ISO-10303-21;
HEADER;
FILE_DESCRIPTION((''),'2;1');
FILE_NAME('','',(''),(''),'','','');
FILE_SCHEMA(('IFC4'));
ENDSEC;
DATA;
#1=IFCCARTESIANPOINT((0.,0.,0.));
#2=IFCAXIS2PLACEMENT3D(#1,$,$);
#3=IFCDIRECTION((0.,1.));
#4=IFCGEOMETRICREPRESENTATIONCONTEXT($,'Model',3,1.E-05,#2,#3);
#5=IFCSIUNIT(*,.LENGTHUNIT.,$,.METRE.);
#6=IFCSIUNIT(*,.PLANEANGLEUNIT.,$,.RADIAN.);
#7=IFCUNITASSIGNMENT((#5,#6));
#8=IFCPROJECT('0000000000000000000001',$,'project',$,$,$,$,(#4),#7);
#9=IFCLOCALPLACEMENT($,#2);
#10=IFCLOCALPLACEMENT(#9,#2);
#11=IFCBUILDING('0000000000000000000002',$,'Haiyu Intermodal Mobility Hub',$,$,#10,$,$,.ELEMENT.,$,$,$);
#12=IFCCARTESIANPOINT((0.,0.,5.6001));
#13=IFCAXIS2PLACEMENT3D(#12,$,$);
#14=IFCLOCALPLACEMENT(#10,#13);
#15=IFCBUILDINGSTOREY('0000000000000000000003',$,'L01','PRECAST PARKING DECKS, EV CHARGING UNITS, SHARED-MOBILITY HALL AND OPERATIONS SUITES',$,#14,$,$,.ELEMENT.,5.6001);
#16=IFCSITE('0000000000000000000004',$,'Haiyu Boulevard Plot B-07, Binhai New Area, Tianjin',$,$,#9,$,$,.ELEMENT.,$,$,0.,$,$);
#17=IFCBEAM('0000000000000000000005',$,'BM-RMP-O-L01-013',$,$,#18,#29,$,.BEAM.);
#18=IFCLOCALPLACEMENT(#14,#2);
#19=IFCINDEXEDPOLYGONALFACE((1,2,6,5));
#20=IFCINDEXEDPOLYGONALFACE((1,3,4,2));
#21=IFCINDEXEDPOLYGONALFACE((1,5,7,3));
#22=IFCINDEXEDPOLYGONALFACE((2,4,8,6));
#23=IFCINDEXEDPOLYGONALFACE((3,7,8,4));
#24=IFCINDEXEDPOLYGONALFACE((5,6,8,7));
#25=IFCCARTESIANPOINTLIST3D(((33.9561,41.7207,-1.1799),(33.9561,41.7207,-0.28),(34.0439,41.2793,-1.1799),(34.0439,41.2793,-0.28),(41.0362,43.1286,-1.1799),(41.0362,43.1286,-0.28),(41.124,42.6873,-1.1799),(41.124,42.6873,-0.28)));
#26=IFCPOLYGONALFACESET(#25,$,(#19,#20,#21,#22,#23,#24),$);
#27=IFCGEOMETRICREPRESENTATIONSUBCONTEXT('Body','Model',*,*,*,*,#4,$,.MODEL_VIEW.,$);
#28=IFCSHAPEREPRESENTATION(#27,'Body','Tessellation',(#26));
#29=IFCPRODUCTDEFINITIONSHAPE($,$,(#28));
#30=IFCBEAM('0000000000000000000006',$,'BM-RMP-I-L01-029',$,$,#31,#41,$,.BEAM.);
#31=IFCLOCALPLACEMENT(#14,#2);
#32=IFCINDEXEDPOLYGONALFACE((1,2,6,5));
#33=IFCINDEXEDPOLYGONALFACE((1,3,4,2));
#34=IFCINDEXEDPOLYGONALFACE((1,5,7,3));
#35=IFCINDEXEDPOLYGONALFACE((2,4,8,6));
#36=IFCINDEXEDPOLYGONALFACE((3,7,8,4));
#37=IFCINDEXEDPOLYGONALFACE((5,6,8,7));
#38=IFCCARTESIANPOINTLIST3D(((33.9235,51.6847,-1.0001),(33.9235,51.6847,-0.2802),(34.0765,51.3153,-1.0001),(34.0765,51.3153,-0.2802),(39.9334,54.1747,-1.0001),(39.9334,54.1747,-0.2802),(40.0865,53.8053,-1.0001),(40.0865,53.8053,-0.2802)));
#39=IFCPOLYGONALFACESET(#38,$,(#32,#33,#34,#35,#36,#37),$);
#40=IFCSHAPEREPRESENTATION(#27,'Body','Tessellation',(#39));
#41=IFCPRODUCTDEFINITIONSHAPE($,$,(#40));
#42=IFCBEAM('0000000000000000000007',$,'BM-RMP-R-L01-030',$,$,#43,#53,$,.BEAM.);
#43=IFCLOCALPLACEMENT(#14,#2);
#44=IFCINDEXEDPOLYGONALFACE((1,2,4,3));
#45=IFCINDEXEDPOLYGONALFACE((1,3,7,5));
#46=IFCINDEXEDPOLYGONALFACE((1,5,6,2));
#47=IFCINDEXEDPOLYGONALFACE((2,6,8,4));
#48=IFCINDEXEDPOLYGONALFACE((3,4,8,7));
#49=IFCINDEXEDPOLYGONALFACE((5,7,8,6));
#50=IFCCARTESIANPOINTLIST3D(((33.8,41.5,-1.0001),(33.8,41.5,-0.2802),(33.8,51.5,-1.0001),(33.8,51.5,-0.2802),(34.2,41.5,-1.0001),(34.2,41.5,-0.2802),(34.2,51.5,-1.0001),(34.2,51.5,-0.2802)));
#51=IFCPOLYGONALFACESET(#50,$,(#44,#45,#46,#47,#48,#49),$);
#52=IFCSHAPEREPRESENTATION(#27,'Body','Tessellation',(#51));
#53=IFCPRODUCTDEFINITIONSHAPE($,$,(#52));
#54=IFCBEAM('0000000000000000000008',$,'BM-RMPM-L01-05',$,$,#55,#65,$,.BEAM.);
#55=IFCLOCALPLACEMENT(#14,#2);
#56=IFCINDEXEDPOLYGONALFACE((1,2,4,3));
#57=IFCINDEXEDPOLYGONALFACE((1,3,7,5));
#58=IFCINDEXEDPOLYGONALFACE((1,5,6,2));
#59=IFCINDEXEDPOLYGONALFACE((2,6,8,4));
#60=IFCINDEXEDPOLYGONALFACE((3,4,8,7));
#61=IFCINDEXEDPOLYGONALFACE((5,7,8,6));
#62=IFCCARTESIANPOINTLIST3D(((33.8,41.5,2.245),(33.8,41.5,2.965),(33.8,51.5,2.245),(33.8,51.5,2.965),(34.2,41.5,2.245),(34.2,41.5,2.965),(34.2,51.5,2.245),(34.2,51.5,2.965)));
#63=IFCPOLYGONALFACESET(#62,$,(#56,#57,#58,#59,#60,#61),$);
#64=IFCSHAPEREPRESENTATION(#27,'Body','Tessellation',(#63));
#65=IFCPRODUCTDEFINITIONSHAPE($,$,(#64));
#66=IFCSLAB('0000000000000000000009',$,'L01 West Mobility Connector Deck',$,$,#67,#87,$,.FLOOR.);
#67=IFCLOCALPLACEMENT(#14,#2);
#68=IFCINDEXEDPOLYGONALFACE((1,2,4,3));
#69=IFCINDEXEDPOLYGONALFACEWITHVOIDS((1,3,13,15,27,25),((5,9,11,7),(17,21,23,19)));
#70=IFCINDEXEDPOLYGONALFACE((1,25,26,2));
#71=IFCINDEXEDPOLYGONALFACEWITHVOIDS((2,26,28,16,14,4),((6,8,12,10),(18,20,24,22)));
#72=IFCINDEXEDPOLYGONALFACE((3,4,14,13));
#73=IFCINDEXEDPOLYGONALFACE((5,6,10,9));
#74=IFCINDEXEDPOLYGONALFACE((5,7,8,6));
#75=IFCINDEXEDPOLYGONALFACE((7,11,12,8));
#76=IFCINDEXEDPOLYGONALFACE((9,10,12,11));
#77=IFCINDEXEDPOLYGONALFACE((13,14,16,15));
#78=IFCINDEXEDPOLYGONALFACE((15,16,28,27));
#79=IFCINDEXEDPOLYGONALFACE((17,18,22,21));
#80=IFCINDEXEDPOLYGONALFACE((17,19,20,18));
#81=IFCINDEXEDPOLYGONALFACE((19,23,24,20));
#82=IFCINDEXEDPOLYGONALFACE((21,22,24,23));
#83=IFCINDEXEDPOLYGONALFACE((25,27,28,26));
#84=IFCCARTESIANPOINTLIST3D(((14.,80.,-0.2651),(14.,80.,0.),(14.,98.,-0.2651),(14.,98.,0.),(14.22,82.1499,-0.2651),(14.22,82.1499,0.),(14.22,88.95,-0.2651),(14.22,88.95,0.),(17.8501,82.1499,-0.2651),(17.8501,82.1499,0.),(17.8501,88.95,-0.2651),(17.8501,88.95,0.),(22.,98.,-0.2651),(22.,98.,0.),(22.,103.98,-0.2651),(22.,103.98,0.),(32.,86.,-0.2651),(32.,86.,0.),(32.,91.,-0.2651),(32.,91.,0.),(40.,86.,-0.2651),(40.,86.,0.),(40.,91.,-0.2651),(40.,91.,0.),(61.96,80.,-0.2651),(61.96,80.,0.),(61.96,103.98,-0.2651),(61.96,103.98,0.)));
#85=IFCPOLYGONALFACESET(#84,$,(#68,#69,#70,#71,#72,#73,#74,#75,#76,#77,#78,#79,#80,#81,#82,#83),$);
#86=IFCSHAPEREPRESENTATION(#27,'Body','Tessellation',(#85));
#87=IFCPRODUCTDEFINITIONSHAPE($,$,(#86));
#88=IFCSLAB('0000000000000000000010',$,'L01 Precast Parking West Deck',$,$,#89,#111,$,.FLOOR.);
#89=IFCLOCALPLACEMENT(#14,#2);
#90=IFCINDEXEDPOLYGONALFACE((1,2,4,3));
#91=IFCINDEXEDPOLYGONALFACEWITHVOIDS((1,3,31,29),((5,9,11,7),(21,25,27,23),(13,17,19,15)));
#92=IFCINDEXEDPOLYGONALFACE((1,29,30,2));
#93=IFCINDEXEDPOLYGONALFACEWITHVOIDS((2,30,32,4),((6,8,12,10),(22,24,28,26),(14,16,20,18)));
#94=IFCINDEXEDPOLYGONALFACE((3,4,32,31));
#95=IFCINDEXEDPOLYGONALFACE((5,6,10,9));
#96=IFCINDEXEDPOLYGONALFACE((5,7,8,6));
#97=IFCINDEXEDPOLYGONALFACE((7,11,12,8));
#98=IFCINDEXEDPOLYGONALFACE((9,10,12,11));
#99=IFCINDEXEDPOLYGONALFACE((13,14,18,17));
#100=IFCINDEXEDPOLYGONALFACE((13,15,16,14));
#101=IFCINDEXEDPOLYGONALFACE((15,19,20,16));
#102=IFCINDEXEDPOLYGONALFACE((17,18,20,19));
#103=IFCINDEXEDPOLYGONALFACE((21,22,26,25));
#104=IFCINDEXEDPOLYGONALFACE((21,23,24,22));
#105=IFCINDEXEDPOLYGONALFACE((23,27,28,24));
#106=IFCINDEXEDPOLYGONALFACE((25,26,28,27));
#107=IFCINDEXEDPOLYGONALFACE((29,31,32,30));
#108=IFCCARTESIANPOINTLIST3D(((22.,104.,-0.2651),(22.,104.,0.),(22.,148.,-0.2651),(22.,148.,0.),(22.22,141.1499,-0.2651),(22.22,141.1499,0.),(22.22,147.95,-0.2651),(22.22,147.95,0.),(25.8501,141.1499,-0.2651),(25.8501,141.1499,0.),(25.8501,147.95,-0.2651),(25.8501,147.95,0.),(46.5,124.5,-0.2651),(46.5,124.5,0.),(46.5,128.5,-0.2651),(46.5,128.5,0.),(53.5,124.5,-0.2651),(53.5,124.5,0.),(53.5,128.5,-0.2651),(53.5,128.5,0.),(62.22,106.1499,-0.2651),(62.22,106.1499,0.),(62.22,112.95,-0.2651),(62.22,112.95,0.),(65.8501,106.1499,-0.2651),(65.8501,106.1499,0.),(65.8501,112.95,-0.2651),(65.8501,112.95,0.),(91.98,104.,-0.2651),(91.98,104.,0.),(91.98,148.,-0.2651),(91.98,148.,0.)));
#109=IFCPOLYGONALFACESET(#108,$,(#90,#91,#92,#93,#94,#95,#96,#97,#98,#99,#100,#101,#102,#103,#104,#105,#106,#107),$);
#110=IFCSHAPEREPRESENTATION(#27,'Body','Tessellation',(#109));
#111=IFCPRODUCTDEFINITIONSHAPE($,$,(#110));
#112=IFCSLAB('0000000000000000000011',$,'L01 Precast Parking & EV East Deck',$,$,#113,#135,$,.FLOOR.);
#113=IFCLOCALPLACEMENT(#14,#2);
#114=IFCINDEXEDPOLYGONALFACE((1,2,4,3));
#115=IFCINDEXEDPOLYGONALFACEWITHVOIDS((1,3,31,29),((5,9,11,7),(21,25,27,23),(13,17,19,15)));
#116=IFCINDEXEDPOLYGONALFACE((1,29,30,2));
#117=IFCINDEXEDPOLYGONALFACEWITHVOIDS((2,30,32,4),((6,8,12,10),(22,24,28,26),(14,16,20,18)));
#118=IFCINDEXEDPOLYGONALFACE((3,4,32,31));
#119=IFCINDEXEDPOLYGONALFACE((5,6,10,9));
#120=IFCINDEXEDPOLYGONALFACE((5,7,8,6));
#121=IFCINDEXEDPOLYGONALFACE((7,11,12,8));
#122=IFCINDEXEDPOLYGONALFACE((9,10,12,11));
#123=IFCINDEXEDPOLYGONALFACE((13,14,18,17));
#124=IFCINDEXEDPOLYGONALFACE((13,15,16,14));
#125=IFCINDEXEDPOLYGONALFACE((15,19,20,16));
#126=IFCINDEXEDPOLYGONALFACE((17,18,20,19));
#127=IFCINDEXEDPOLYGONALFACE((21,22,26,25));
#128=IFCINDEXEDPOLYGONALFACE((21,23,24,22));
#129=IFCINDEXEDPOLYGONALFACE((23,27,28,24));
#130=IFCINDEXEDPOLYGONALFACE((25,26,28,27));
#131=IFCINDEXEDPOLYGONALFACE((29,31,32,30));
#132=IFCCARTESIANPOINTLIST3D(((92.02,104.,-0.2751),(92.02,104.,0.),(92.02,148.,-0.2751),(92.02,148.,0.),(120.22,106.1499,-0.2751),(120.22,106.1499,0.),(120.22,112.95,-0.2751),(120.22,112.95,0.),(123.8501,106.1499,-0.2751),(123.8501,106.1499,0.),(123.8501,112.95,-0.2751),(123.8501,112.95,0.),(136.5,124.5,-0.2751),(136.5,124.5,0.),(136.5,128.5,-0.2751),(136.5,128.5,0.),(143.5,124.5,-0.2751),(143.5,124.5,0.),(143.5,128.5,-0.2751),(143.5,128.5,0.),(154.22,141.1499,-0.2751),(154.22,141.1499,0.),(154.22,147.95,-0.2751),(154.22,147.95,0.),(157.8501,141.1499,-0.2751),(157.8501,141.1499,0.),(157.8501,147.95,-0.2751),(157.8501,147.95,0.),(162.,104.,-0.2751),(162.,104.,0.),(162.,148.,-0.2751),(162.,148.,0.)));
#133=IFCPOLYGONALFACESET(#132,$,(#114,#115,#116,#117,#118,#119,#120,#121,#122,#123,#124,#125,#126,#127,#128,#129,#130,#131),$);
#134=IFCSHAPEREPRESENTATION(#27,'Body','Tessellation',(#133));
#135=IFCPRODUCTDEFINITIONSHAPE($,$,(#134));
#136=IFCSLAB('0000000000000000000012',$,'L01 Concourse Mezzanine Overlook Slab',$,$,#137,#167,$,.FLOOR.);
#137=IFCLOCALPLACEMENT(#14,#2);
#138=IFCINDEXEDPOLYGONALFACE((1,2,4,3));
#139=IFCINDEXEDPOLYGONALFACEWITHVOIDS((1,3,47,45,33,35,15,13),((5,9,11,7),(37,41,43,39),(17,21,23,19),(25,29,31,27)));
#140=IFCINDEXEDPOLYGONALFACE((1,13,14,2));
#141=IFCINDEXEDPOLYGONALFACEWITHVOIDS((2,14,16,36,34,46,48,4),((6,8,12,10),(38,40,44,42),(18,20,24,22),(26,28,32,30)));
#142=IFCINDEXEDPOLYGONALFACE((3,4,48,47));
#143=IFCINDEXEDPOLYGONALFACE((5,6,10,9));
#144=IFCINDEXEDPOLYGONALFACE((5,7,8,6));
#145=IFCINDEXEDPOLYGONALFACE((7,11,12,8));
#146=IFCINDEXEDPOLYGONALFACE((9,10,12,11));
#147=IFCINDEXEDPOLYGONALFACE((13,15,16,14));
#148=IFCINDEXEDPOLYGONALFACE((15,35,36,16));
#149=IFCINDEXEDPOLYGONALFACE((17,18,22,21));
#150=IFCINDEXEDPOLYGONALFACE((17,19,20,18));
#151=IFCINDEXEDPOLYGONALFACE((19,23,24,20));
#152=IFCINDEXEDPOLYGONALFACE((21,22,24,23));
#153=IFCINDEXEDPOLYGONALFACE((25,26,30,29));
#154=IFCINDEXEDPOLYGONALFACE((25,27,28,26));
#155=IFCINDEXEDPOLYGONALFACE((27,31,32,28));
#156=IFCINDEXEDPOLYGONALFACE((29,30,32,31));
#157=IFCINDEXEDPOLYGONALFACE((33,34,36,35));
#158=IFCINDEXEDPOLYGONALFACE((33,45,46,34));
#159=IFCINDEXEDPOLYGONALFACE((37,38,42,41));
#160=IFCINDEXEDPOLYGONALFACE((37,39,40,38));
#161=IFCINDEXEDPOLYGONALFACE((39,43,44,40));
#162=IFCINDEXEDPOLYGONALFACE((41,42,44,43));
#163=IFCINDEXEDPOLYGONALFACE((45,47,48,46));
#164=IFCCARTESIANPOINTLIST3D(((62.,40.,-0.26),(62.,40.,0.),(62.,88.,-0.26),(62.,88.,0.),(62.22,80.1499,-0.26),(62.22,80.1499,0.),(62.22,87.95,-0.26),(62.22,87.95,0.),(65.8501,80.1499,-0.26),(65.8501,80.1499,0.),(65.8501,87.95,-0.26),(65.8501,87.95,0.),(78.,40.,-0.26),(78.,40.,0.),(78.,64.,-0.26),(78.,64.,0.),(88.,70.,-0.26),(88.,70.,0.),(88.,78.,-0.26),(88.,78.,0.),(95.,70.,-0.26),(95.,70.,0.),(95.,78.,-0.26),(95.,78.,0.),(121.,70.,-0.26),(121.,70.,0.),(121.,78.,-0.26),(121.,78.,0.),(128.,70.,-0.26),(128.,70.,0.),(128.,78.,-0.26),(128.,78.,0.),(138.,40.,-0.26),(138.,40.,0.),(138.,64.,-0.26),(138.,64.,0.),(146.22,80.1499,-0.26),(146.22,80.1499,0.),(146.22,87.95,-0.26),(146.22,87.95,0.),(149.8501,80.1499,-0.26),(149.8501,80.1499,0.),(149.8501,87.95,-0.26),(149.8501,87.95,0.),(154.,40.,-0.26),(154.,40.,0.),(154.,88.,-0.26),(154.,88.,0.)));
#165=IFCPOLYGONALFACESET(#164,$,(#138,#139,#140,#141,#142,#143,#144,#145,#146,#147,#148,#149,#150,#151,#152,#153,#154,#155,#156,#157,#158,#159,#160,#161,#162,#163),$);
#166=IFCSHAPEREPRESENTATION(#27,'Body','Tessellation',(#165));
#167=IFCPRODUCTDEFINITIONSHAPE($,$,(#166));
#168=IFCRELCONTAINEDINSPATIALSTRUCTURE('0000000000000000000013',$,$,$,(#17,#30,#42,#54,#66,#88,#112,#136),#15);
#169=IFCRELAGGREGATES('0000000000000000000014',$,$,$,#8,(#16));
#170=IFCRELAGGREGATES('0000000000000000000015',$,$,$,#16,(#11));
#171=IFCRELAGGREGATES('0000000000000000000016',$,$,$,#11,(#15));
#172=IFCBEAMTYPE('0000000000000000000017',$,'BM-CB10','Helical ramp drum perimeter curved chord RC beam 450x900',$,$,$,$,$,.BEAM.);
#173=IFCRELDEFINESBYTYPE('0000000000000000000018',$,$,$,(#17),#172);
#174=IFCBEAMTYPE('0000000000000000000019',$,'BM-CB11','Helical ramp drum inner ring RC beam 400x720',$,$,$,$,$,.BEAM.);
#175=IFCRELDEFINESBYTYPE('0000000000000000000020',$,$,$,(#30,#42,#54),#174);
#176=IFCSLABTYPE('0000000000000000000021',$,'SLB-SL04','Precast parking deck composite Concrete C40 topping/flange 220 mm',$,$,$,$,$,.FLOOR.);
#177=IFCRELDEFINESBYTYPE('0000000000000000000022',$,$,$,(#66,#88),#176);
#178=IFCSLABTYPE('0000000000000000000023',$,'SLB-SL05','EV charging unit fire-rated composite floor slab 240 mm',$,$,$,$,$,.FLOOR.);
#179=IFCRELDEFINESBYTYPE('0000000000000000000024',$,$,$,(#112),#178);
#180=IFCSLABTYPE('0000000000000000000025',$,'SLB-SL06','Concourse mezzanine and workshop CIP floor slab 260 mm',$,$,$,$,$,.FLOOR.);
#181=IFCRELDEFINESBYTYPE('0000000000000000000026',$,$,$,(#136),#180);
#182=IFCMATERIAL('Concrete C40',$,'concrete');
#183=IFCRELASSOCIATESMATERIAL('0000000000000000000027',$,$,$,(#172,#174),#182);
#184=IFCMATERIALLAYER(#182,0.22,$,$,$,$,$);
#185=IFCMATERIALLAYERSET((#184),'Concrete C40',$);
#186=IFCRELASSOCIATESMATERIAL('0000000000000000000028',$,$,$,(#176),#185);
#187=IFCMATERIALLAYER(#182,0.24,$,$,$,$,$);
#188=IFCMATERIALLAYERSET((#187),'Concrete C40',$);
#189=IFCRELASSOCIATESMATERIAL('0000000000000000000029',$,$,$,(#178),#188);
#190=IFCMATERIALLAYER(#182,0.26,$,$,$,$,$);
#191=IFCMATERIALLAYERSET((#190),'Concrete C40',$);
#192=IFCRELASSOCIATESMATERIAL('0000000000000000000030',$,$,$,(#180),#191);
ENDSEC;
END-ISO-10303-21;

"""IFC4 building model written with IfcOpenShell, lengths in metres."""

from ifc_helpers import new_model, si_unit, direction, frame, origin, origin_2d, place, context, subcontext, project, spatial, polyline, rectangle, outline, extrude, material, layer, layer_set, material_profile, profile_set, type_object, element, save


model = new_model("IFC4")

# Units and contexts
model_context = context("Model", 3, precision=1e-05, world=origin(), true_north=direction((0.0, 1.0)))
body_context = subcontext(model_context, "Body", "Model", "MODEL_VIEW")
ifc_project = project(units=[si_unit("LENGTHUNIT", "METRE"), si_unit("PLANEANGLEUNIT", "RADIAN")], contexts=[model_context])

# Site, building, storey
site_placement = place(None, origin())
site = spatial("IfcSite", under=ifc_project, at=site_placement, Name="Haiyu Boulevard Plot B-07, Binhai New Area, Tianjin", CompositionType="ELEMENT", RefElevation=0.0)
building_placement = place(site_placement, origin())
building = spatial("IfcBuilding", under=site, at=building_placement, Name="Haiyu Intermodal Mobility Hub", CompositionType="ELEMENT")
storey_placement = place(building_placement, frame((0.0, 0.0, 5.6001)))
storey = spatial("IfcBuildingStorey", under=building, at=storey_placement, Name="L01", Description="PRECAST PARKING DECKS, EV CHARGING UNITS, SHARED-MOBILITY HALL AND OPERATIONS SUITES", CompositionType="ELEMENT", Elevation=5.6001)

# Shared definitions
ifc_material_1 = material(Name="Concrete C40", Category="concrete")

# Beams
ifc_material_profile_1 = material_profile(ifc_material_1, rectangle(XDim=0.45, YDim=0.8999, at=origin_2d()), Name="RCB450x900")
ifc_profile_set_1 = profile_set([ifc_material_profile_1], Name="Concrete C40")
beam_type_1 = type_object("IfcBeamType", Name="BM-CB10", Description="Helical ramp drum perimeter curved chord RC beam 450x900", PredefinedType="BEAM", material=ifc_profile_set_1)
for number, where, z_axis, x_axis, name in (
    (1, (34.0, 41.5, -0.73), (0.980795, 0.195043, 0.0), (-0.195043, 0.980795, 0.0), "BM-RMP-O-L01-013"),
):
    element("IfcBeam", number, at=place(storey_placement, frame(where, z_axis=z_axis, x_axis=x_axis)), inside=storey, type_object=beam_type_1, Name=name, PredefinedType="BEAM", context=body_context, shape_type="SweptSolid", body=[
        extrude(rectangle(XDim=0.45, YDim=0.8999, at=origin_2d()), origin(), (0.0, 0.0, 1.0), 7.2188),
    ])
ifc_material_profile_2 = material_profile(ifc_material_1, rectangle(XDim=0.3999, YDim=0.72, at=origin_2d()), Name="RCB400x720")
ifc_profile_set_2 = profile_set([ifc_material_profile_2], Name="Concrete C40")
beam_type_2 = type_object("IfcBeamType", Name="BM-CB11", Description="Helical ramp drum inner ring RC beam 400x720", PredefinedType="BEAM", material=ifc_profile_set_2)
beam_1_placement = place(storey_placement, frame((34.0, 51.5, -0.6401), z_axis=(0.923849, 0.382757, 0.0), x_axis=(-0.382757, 0.923849, 0.0)))
element("IfcBeam", 2, at=beam_1_placement, inside=storey, type_object=beam_type_2, Name="BM-RMP-I-L01-029", PredefinedType="BEAM", context=body_context, shape_type="SweptSolid", body=[
    extrude(rectangle(XDim=0.3999, YDim=0.72, at=origin_2d()), origin(), (0.0, 0.0, 1.0), 6.5054),
])
for number, where, z_axis, x_axis, name in (
    (3, (34.0, 51.5, -0.6401), (0.0, -1.0, 0.0), (1.0, 0.0, 0.0), "BM-RMP-R-L01-030"),
    (4, (34.0, 51.5, 2.605), (0.0, -1.0, 0.0), (1.0, 0.0, 0.0), "BM-RMPM-L01-05"),
):
    element("IfcBeam", number, at=place(storey_placement, frame(where, z_axis=z_axis, x_axis=x_axis)), inside=storey, type_object=beam_type_2, Name=name, PredefinedType="BEAM", context=body_context, shape_type="SweptSolid", body=[
        extrude(rectangle(XDim=0.3999, YDim=0.72, at=origin_2d()), origin(), (0.0, 0.0, 1.0), 10.0),
    ])

# Slabs
ifc_layer_1 = layer(ifc_material_1, 0.22)
ifc_layer_set_1 = layer_set([ifc_layer_1], Name="Concrete C40")
slab_type_1 = type_object("IfcSlabType", Name="SLB-SL04", Description="Precast parking deck composite Concrete C40 topping/flange 220 mm", PredefinedType="FLOOR", material=ifc_layer_set_1)
slab_1_placement = place(storey_placement, frame((0.0, 0.0, -0.2651)))
element("IfcSlab", 5, at=slab_1_placement, inside=storey, type_object=slab_type_1, Name="L01 West Mobility Connector Deck", PredefinedType="FLOOR", context=body_context, shape_type="SweptSolid", body=[
    extrude(outline(polyline([(14.0, 80.0), (61.96, 80.0), (61.96, 103.98), (22.0, 103.98), (22.0, 98.0), (14.0, 98.0), (14.0, 80.0)]), holes=[polyline([(14.22, 82.1499), (17.8501, 82.1499), (17.8501, 88.95), (14.22, 88.95), (14.22, 82.1499)]), polyline([(32.0, 86.0), (40.0, 86.0), (40.0, 91.0), (32.0, 91.0), (32.0, 86.0)])]), origin(), (0.0, 0.0, 1.0), 0.2651),
])
slab_2_placement = place(storey_placement, frame((0.0, 0.0, -0.2651)))
element("IfcSlab", 6, at=slab_2_placement, inside=storey, type_object=slab_type_1, Name="L01 Precast Parking West Deck", PredefinedType="FLOOR", context=body_context, shape_type="SweptSolid", body=[
    extrude(outline(polyline([(22.0, 104.0), (91.98, 104.0), (91.98, 148.0), (22.0, 148.0), (22.0, 104.0)]), holes=[polyline([(22.22, 141.1499), (25.8501, 141.1499), (25.8501, 147.95), (22.22, 147.95), (22.22, 141.1499)]), polyline([(62.22, 106.1499), (65.8501, 106.1499), (65.8501, 112.95), (62.22, 112.95), (62.22, 106.1499)]), polyline([(46.5, 124.5), (53.5, 124.5), (53.5, 128.5), (46.5, 128.5), (46.5, 124.5)])]), origin(), (0.0, 0.0, 1.0), 0.2651),
])
ifc_layer_2 = layer(ifc_material_1, 0.24)
ifc_layer_set_2 = layer_set([ifc_layer_2], Name="Concrete C40")
slab_type_2 = type_object("IfcSlabType", Name="SLB-SL05", Description="EV charging unit fire-rated composite floor slab 240 mm", PredefinedType="FLOOR", material=ifc_layer_set_2)
slab_3_placement = place(storey_placement, frame((0.0, 0.0, -0.2751)))
element("IfcSlab", 7, at=slab_3_placement, inside=storey, type_object=slab_type_2, Name="L01 Precast Parking & EV East Deck", PredefinedType="FLOOR", context=body_context, shape_type="SweptSolid", body=[
    extrude(outline(polyline([(92.02, 104.0), (162.0, 104.0), (162.0, 148.0), (92.02, 148.0), (92.02, 104.0)]), holes=[polyline([(154.22, 141.1499), (157.8501, 141.1499), (157.8501, 147.95), (154.22, 147.95), (154.22, 141.1499)]), polyline([(120.22, 106.1499), (123.8501, 106.1499), (123.8501, 112.95), (120.22, 112.95), (120.22, 106.1499)]), polyline([(136.5, 124.5), (143.5, 124.5), (143.5, 128.5), (136.5, 128.5), (136.5, 124.5)])]), origin(), (0.0, 0.0, 1.0), 0.2751),
])
ifc_layer_3 = layer(ifc_material_1, 0.26)
ifc_layer_set_3 = layer_set([ifc_layer_3], Name="Concrete C40")
slab_type_3 = type_object("IfcSlabType", Name="SLB-SL06", Description="Concourse mezzanine and workshop CIP floor slab 260 mm", PredefinedType="FLOOR", material=ifc_layer_set_3)
slab_4_placement = place(storey_placement, frame((0.0, 0.0, -0.26)))
element("IfcSlab", 8, at=slab_4_placement, inside=storey, type_object=slab_type_3, Name="L01 Concourse Mezzanine Overlook Slab", PredefinedType="FLOOR", context=body_context, shape_type="SweptSolid", body=[
    extrude(outline(polyline([(62.0, 40.0), (78.0, 40.0), (78.0, 64.0), (138.0, 64.0), (138.0, 40.0), (154.0, 40.0), (154.0, 88.0), (62.0, 88.0), (62.0, 40.0)]), holes=[polyline([(62.22, 80.1499), (65.8501, 80.1499), (65.8501, 87.95), (62.22, 87.95), (62.22, 80.1499)]), polyline([(146.22, 80.1499), (149.8501, 80.1499), (149.8501, 87.95), (146.22, 87.95), (146.22, 80.1499)]), polyline([(88.0, 70.0), (95.0, 70.0), (95.0, 78.0), (88.0, 78.0), (88.0, 70.0)]), polyline([(121.0, 70.0), (128.0, 70.0), (128.0, 78.0), (121.0, 78.0), (121.0, 70.0)])]), origin(), (0.0, 0.0, 1.0), 0.26),
])

save(model, "model.ifc")
